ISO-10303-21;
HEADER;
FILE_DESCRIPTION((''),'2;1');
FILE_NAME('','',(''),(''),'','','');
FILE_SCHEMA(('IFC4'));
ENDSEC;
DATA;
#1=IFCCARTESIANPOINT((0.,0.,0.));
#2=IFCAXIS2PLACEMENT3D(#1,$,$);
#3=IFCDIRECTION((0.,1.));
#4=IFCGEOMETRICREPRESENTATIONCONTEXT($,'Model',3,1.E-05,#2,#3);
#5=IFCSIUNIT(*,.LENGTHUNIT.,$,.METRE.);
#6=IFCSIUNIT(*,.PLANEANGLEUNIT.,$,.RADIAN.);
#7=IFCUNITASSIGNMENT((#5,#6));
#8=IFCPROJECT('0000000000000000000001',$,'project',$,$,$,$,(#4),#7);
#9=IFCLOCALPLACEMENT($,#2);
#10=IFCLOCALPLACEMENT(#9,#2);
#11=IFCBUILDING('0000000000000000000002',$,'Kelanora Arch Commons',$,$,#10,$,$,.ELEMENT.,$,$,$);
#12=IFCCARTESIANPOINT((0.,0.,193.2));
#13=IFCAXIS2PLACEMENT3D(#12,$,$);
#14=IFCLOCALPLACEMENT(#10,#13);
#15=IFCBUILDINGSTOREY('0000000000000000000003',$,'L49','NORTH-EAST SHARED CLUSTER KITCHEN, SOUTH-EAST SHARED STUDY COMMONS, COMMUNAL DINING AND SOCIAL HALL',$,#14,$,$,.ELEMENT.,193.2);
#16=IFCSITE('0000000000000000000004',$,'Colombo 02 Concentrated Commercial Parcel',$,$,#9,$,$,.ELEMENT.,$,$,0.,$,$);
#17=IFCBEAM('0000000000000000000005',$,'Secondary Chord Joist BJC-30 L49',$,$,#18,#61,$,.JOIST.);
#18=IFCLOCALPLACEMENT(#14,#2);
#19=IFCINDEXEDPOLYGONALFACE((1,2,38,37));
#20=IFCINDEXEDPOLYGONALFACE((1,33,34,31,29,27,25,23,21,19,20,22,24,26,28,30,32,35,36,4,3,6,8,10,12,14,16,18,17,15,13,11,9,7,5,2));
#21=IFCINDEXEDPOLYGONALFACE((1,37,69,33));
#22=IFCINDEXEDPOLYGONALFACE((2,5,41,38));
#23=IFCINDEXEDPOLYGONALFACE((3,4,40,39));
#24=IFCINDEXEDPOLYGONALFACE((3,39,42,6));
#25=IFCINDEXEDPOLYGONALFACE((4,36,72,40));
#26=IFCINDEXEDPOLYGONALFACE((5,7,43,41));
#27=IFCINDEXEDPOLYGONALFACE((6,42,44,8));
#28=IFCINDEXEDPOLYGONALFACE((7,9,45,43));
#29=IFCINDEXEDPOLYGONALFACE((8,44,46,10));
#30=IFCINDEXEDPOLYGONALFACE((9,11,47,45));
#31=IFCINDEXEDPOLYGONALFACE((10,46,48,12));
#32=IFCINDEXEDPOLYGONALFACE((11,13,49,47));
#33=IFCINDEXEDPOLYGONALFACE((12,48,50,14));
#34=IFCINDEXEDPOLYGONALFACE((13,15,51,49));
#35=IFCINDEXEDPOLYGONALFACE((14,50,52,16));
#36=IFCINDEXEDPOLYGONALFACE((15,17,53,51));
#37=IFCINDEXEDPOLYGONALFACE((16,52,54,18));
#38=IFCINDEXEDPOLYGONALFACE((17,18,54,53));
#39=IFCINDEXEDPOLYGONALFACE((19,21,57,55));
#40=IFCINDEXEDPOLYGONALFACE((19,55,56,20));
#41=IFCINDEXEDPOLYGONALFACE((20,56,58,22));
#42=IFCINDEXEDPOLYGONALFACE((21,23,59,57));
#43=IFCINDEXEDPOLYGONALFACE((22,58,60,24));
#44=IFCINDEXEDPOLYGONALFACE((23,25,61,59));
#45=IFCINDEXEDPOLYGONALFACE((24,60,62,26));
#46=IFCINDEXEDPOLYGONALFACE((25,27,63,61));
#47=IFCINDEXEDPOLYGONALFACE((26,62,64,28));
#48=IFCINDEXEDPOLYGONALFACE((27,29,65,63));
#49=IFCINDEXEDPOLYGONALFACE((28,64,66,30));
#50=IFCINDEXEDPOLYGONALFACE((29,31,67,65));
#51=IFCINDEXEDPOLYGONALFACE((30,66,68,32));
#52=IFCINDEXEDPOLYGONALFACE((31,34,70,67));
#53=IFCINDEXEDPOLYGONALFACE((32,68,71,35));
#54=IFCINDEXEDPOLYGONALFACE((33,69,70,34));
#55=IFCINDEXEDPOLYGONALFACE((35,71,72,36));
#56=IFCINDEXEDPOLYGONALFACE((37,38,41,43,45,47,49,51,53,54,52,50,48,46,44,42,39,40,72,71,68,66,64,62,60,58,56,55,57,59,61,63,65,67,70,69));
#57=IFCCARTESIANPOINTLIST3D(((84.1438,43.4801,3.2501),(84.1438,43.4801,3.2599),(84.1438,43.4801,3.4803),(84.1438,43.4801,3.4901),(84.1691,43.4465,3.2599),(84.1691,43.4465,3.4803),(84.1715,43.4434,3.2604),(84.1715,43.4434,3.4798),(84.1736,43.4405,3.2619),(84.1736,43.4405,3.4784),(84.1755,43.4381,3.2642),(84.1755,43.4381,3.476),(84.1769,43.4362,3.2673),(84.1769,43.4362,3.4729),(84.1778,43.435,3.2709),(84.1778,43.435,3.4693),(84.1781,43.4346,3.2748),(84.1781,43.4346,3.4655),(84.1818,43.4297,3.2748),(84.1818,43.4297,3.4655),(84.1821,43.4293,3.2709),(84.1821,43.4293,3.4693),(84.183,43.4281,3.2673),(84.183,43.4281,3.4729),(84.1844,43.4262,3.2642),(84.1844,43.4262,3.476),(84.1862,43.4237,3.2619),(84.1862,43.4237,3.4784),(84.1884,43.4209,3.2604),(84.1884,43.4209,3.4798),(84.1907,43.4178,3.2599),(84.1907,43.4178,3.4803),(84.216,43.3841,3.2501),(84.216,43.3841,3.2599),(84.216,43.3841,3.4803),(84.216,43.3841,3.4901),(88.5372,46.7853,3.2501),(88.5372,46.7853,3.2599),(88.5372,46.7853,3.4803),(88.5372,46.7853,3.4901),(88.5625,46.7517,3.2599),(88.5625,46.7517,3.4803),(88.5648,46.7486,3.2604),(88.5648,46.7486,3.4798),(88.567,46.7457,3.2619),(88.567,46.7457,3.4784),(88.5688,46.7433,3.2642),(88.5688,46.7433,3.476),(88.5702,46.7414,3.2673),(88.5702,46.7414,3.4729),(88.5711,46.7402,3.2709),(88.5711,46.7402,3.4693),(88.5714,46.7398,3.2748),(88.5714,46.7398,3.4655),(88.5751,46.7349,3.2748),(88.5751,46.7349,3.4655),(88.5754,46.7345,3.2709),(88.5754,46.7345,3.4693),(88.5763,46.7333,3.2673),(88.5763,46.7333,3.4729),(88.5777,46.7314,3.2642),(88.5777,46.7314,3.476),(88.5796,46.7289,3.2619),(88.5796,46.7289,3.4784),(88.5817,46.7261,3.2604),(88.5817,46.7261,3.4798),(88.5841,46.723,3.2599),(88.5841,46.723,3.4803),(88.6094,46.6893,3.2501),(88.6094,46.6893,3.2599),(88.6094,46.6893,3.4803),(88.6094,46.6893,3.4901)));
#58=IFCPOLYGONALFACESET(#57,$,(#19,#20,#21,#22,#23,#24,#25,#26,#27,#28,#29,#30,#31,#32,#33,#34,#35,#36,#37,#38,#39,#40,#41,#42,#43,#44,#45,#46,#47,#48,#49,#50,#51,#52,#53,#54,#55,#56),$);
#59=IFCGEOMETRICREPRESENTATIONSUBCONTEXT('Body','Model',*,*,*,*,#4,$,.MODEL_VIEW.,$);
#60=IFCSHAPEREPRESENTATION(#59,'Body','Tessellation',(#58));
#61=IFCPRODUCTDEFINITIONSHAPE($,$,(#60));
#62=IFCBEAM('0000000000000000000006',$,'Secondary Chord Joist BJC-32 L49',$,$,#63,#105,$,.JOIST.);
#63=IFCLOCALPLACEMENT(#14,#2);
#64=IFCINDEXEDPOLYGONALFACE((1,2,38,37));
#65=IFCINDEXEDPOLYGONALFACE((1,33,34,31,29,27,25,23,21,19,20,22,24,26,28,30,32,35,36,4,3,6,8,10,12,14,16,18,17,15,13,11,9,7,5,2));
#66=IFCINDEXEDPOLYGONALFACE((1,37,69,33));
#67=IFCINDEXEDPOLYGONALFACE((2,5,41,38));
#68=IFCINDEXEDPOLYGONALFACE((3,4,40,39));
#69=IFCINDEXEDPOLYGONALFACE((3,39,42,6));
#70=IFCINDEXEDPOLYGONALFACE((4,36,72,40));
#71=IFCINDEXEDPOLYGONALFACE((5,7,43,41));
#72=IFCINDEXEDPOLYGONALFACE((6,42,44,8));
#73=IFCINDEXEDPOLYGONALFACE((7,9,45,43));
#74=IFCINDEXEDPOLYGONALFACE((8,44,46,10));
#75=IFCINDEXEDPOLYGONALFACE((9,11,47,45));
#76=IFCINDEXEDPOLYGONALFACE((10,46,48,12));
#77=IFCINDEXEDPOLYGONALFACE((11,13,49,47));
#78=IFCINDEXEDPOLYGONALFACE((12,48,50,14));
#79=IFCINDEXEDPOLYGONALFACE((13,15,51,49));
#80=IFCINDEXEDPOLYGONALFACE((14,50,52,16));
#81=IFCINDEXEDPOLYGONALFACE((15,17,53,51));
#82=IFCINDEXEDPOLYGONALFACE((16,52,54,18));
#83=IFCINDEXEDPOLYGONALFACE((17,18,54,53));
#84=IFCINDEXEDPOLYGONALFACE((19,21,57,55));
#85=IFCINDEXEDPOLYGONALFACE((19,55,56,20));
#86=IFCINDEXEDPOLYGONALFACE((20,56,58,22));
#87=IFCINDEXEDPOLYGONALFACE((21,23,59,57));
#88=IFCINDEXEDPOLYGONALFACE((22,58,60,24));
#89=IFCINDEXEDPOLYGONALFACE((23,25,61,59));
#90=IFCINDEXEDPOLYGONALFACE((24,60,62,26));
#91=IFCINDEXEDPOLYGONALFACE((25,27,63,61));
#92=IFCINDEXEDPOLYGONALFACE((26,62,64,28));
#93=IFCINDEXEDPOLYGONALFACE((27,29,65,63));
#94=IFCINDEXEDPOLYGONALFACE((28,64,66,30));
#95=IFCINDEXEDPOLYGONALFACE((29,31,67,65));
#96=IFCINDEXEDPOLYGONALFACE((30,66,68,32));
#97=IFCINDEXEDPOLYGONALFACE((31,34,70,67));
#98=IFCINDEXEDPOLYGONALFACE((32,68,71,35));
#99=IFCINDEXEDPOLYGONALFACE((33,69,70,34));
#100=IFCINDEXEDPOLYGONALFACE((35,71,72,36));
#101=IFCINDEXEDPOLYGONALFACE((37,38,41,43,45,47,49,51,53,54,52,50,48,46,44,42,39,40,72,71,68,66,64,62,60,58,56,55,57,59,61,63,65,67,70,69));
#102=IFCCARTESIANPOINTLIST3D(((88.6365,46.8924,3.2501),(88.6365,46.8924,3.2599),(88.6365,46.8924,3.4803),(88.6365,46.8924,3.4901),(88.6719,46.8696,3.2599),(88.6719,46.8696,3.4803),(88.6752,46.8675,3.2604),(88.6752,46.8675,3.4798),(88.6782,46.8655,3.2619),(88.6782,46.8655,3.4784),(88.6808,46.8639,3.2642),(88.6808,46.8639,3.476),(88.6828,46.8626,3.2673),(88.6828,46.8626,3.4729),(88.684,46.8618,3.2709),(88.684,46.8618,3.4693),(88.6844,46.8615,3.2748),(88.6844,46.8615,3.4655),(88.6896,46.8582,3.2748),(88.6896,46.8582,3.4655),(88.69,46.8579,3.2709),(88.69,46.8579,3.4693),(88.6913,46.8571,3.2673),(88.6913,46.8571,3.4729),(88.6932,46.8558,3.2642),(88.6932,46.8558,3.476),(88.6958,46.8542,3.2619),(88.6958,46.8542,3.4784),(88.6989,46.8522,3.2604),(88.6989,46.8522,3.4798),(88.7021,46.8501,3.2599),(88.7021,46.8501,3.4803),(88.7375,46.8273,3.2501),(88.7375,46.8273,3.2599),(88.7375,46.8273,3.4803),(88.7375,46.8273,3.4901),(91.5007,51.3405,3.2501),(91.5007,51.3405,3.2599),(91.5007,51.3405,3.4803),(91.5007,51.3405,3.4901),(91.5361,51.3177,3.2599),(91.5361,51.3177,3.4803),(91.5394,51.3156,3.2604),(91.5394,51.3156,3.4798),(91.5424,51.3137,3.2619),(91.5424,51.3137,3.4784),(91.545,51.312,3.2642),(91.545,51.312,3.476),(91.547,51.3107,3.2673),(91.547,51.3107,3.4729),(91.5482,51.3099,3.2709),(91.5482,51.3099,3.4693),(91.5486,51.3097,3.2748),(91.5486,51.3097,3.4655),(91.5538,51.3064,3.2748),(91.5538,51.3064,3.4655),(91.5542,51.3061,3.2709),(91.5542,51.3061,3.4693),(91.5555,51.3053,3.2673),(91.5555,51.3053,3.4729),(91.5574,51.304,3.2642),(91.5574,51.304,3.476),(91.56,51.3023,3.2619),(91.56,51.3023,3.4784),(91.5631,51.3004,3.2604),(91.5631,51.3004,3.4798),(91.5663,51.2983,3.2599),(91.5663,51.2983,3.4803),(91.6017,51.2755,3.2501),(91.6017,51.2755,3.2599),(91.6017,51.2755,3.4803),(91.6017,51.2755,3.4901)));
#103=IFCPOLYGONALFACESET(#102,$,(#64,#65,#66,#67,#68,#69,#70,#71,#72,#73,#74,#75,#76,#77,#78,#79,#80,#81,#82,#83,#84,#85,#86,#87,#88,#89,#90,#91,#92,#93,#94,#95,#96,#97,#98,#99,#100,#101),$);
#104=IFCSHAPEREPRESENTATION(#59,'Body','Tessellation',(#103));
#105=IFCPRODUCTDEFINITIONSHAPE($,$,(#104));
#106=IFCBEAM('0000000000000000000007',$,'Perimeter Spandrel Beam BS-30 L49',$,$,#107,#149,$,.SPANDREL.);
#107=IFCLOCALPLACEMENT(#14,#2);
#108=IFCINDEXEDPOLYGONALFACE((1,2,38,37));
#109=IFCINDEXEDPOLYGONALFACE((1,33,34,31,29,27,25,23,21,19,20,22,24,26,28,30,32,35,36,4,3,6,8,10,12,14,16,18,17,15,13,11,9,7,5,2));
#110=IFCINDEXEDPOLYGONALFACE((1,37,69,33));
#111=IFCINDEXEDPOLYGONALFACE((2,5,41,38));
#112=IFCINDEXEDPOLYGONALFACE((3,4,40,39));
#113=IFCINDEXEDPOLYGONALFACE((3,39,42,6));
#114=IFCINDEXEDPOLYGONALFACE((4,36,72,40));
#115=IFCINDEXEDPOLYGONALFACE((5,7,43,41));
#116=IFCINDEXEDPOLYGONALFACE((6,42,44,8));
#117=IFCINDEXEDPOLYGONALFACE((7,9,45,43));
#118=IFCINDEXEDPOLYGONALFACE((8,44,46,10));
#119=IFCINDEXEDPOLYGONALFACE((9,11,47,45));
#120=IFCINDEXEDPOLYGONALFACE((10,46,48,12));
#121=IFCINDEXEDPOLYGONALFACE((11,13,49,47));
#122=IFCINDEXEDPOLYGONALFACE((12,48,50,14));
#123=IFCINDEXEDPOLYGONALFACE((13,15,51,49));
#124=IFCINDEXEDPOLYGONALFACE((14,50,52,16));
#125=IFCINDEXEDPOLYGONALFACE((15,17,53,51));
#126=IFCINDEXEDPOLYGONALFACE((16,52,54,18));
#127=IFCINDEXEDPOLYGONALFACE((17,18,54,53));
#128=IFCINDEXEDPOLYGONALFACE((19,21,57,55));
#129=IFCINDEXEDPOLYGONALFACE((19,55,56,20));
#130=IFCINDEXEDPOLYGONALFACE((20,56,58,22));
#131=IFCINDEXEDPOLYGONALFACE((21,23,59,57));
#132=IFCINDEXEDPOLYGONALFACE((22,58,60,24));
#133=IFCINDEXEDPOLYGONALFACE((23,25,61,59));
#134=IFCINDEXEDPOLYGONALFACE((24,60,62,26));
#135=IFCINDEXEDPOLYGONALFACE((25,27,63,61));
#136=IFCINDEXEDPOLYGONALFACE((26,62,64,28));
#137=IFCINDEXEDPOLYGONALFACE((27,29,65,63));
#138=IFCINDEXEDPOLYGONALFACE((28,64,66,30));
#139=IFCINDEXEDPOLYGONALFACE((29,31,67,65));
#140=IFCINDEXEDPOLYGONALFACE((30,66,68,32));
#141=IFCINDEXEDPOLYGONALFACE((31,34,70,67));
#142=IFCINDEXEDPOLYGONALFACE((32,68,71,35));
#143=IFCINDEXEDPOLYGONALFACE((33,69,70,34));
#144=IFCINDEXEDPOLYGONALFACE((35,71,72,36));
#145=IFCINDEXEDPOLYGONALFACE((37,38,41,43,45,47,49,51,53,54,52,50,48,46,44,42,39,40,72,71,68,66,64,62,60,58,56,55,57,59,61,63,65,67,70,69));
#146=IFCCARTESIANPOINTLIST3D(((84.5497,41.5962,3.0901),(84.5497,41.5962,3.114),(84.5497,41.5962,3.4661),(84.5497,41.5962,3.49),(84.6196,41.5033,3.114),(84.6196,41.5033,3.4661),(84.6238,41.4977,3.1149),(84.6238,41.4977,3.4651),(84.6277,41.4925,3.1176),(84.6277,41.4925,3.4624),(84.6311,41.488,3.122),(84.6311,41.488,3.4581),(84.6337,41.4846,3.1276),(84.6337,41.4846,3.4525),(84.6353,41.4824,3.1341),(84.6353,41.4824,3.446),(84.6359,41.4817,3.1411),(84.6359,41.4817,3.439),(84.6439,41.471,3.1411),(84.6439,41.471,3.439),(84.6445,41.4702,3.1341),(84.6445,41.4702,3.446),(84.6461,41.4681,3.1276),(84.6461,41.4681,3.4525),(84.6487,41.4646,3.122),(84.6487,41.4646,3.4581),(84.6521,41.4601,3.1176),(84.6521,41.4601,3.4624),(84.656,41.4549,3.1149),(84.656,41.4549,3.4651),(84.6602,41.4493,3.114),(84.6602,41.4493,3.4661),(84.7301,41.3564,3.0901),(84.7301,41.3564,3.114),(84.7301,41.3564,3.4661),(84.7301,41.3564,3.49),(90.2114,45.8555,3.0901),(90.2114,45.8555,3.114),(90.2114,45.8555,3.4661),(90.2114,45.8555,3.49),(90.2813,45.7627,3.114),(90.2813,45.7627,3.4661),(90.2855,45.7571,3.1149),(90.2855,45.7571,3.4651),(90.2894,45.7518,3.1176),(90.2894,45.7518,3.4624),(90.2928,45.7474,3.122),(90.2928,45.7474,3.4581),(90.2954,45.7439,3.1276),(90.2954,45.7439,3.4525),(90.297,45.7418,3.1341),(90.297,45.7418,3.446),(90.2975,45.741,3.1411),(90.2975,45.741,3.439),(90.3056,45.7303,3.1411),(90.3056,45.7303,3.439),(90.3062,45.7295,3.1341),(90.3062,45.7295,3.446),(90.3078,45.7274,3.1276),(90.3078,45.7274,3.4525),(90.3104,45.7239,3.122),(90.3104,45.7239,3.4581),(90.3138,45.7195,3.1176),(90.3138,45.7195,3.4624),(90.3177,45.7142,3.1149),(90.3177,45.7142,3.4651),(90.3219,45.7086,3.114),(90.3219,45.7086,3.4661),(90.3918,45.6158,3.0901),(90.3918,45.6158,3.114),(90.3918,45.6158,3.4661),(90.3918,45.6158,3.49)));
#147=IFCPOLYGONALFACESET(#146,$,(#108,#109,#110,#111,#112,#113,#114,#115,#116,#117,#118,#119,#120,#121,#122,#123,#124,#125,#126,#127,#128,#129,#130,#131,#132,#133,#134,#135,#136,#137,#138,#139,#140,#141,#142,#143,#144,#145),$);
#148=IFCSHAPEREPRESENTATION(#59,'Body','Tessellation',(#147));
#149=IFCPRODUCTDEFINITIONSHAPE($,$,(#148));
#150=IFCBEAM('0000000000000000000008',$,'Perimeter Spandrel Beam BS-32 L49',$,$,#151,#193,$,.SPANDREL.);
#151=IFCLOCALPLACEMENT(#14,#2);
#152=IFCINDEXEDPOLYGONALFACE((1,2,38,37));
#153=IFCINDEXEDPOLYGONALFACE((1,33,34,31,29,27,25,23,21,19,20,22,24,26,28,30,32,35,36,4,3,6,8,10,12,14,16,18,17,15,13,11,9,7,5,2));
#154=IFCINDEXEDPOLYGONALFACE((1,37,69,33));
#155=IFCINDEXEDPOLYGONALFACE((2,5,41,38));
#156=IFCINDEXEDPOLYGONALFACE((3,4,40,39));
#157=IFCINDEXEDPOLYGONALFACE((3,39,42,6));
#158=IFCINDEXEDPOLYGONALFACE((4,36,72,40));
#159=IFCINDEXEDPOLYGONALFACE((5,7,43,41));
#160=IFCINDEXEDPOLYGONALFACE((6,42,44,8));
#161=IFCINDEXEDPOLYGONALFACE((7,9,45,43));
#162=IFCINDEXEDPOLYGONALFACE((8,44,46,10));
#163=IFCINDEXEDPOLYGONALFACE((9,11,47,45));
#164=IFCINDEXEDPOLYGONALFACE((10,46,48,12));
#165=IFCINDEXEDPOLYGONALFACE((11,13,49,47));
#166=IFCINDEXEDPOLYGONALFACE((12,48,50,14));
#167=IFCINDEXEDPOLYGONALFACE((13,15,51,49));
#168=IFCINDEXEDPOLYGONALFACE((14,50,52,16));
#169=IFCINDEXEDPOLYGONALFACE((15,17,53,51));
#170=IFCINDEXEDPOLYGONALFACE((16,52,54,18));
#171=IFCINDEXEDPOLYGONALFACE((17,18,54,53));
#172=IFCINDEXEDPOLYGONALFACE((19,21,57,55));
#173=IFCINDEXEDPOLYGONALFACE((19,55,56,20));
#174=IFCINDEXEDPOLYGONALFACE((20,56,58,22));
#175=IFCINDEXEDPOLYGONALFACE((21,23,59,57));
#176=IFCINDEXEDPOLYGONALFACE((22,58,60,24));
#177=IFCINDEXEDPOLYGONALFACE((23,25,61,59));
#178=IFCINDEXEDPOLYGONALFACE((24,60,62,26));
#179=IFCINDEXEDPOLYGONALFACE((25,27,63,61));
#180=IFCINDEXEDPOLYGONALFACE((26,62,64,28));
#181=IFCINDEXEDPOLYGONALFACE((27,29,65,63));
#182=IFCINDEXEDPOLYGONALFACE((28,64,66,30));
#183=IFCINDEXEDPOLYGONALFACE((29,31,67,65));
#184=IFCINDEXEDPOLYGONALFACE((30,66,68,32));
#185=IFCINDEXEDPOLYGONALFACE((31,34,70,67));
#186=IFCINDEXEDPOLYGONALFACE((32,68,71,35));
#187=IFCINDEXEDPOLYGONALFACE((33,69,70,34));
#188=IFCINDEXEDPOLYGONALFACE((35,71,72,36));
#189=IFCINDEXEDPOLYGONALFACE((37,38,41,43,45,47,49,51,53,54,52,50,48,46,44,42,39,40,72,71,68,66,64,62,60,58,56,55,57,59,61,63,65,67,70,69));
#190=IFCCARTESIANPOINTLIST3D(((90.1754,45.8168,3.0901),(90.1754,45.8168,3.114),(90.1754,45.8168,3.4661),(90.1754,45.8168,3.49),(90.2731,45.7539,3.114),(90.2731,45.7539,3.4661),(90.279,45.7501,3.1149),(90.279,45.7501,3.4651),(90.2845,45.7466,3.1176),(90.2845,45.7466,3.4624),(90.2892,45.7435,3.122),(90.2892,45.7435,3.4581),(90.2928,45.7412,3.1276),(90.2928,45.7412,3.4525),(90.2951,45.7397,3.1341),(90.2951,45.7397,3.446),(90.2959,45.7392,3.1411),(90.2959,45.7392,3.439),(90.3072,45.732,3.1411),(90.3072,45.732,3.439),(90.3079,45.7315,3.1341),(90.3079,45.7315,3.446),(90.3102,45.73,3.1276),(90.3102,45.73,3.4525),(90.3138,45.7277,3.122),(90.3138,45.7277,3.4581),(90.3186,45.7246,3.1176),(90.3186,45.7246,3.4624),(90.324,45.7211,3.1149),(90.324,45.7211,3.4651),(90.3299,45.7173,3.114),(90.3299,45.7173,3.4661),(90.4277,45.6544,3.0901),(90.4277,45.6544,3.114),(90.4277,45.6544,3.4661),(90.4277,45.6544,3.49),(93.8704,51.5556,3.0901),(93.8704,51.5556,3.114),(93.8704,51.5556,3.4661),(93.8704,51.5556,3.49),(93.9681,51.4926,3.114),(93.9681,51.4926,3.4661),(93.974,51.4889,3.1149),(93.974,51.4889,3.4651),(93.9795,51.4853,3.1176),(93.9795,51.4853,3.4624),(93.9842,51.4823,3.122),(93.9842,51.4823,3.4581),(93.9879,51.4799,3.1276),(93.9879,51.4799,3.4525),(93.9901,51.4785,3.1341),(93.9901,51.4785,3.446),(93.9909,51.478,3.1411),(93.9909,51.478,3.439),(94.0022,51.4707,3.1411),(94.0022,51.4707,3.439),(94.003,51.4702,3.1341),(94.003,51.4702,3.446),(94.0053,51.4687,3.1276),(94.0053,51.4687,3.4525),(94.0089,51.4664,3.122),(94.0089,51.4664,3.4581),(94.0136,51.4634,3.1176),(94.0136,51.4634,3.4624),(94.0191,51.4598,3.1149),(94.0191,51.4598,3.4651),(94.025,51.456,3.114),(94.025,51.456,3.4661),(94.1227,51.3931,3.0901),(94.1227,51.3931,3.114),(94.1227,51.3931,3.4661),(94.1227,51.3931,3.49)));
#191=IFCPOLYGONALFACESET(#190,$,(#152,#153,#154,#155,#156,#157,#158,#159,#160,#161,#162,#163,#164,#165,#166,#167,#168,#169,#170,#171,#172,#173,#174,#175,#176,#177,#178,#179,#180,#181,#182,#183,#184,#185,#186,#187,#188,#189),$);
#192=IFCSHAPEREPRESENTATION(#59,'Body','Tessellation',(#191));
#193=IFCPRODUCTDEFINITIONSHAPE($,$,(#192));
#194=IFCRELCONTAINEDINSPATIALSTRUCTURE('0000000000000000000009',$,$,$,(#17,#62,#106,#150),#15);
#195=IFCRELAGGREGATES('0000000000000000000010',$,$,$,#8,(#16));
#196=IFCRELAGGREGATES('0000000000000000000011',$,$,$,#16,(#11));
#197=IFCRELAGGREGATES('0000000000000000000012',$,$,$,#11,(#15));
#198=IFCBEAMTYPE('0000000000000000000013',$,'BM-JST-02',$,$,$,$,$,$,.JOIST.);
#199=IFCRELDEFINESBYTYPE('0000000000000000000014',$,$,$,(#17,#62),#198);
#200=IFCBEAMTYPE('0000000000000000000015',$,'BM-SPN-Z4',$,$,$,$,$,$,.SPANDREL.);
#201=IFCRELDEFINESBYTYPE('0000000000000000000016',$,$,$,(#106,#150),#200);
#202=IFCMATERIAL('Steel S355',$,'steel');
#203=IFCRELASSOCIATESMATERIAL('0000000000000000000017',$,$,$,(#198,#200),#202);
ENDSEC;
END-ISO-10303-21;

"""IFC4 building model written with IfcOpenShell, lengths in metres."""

from ifc_helpers import new_model, si_unit, direction, frame, origin, origin_2d, place, context, subcontext, project, spatial, i_section, extrude, material, material_profile, profile_set, type_object, element, save


model = new_model("IFC4")

# Units and contexts
model_context = context("Model", 3, precision=1e-05, world=origin(), true_north=direction((0.0, 1.0)))
body_context = subcontext(model_context, "Body", "Model", "MODEL_VIEW")
ifc_project = project(units=[si_unit("LENGTHUNIT", "METRE"), si_unit("PLANEANGLEUNIT", "RADIAN")], contexts=[model_context])

# Site, building, storey
site_placement = place(None, origin())
site = spatial("IfcSite", under=ifc_project, at=site_placement, Name="Colombo 02 Concentrated Commercial Parcel", CompositionType="ELEMENT", RefElevation=0.0)
building_placement = place(site_placement, origin())
building = spatial("IfcBuilding", under=site, at=building_placement, Name="Kelanora Arch Commons", CompositionType="ELEMENT")
storey_placement = place(building_placement, frame((0.0, 0.0, 193.2)))
storey = spatial("IfcBuildingStorey", under=building, at=storey_placement, Name="L49", Description="NORTH-EAST SHARED CLUSTER KITCHEN, SOUTH-EAST SHARED STUDY COMMONS, COMMUNAL DINING AND SOCIAL HALL", CompositionType="ELEMENT", Elevation=193.2)

# Beams
ifc_material_1 = material(Name="Steel S355", Category="steel")
ifc_material_profile_1 = material_profile(ifc_material_1, i_section(OverallWidth=0.1201, OverallDepth=0.24, WebThickness=0.0061, FlangeThickness=0.0098, FilletRadius=0.0149, at=origin_2d()), Name="IPE240")
ifc_profile_set_1 = profile_set([ifc_material_profile_1], Name="Steel S355")
beam_type_1 = type_object("IfcBeamType", Name="BM-JST-02", PredefinedType="JOIST", material=ifc_profile_set_1)
beam_1_placement = place(storey_placement, frame((84.1799, 43.4321, 3.3701), z_axis=(0.799109, 0.601186, 0.0), x_axis=(-0.601186, 0.799109, 0.0)))
element("IfcBeam", 1, at=beam_1_placement, inside=storey, type_object=beam_type_1, Name="Secondary Chord Joist BJC-30 L49", PredefinedType="JOIST", context=body_context, shape_type="SweptSolid", body=[
    extrude(i_section(OverallWidth=0.1201, OverallDepth=0.24, WebThickness=0.0061, FlangeThickness=0.0098, FilletRadius=0.0149, at=origin_2d()), origin(), (0.0, 0.0, 1.0), 5.4978),
])
beam_2_placement = place(storey_placement, frame((88.687, 46.8599, 3.3701), z_axis=(0.541382, 0.840776, 0.0), x_axis=(-0.840776, 0.541382, 0.0)))
element("IfcBeam", 2, at=beam_2_placement, inside=storey, type_object=beam_type_1, Name="Secondary Chord Joist BJC-32 L49", PredefinedType="JOIST", context=body_context, shape_type="SweptSolid", body=[
    extrude(i_section(OverallWidth=0.1201, OverallDepth=0.24, WebThickness=0.0061, FlangeThickness=0.0098, FilletRadius=0.0149, at=origin_2d()), origin(), (0.0, 0.0, 1.0), 5.2905),
])
ifc_material_profile_2 = material_profile(ifc_material_1, i_section(OverallWidth=0.3, OverallDepth=0.3999, WebThickness=0.0134, FlangeThickness=0.0239, FilletRadius=0.0271, at=origin_2d()), Name="HEB400")
ifc_profile_set_2 = profile_set([ifc_material_profile_2], Name="Steel S355")
beam_type_2 = type_object("IfcBeamType", Name="BM-SPN-Z4", PredefinedType="SPANDREL", material=ifc_profile_set_2)
beam_3_placement = place(storey_placement, frame((84.6399, 41.4763, 3.29), z_axis=(0.799114, 0.601179, 0.0), x_axis=(-0.601179, 0.799114, 0.0)))
element("IfcBeam", 3, at=beam_3_placement, inside=storey, type_object=beam_type_2, Name="Perimeter Spandrel Beam BS-30 L49", PredefinedType="SPANDREL", context=body_context, shape_type="SweptSolid", body=[
    extrude(i_section(OverallWidth=0.3, OverallDepth=0.3999, WebThickness=0.0134, FlangeThickness=0.0239, FilletRadius=0.0271, at=origin_2d()), origin(), (0.0, 0.0, 1.0), 7.085),
])
beam_4_placement = place(storey_placement, frame((90.3015, 45.7356, 3.29), z_axis=(0.541365, 0.840788, 0.0), x_axis=(-0.840788, 0.541365, 0.0)))
element("IfcBeam", 4, at=beam_4_placement, inside=storey, type_object=beam_type_2, Name="Perimeter Spandrel Beam BS-32 L49", PredefinedType="SPANDREL", context=body_context, shape_type="SweptSolid", body=[
    extrude(i_section(OverallWidth=0.3, OverallDepth=0.3999, WebThickness=0.0134, FlangeThickness=0.0239, FilletRadius=0.0271, at=origin_2d()), origin(), (0.0, 0.0, 1.0), 6.8254),
])

save(model, "model.ifc")
